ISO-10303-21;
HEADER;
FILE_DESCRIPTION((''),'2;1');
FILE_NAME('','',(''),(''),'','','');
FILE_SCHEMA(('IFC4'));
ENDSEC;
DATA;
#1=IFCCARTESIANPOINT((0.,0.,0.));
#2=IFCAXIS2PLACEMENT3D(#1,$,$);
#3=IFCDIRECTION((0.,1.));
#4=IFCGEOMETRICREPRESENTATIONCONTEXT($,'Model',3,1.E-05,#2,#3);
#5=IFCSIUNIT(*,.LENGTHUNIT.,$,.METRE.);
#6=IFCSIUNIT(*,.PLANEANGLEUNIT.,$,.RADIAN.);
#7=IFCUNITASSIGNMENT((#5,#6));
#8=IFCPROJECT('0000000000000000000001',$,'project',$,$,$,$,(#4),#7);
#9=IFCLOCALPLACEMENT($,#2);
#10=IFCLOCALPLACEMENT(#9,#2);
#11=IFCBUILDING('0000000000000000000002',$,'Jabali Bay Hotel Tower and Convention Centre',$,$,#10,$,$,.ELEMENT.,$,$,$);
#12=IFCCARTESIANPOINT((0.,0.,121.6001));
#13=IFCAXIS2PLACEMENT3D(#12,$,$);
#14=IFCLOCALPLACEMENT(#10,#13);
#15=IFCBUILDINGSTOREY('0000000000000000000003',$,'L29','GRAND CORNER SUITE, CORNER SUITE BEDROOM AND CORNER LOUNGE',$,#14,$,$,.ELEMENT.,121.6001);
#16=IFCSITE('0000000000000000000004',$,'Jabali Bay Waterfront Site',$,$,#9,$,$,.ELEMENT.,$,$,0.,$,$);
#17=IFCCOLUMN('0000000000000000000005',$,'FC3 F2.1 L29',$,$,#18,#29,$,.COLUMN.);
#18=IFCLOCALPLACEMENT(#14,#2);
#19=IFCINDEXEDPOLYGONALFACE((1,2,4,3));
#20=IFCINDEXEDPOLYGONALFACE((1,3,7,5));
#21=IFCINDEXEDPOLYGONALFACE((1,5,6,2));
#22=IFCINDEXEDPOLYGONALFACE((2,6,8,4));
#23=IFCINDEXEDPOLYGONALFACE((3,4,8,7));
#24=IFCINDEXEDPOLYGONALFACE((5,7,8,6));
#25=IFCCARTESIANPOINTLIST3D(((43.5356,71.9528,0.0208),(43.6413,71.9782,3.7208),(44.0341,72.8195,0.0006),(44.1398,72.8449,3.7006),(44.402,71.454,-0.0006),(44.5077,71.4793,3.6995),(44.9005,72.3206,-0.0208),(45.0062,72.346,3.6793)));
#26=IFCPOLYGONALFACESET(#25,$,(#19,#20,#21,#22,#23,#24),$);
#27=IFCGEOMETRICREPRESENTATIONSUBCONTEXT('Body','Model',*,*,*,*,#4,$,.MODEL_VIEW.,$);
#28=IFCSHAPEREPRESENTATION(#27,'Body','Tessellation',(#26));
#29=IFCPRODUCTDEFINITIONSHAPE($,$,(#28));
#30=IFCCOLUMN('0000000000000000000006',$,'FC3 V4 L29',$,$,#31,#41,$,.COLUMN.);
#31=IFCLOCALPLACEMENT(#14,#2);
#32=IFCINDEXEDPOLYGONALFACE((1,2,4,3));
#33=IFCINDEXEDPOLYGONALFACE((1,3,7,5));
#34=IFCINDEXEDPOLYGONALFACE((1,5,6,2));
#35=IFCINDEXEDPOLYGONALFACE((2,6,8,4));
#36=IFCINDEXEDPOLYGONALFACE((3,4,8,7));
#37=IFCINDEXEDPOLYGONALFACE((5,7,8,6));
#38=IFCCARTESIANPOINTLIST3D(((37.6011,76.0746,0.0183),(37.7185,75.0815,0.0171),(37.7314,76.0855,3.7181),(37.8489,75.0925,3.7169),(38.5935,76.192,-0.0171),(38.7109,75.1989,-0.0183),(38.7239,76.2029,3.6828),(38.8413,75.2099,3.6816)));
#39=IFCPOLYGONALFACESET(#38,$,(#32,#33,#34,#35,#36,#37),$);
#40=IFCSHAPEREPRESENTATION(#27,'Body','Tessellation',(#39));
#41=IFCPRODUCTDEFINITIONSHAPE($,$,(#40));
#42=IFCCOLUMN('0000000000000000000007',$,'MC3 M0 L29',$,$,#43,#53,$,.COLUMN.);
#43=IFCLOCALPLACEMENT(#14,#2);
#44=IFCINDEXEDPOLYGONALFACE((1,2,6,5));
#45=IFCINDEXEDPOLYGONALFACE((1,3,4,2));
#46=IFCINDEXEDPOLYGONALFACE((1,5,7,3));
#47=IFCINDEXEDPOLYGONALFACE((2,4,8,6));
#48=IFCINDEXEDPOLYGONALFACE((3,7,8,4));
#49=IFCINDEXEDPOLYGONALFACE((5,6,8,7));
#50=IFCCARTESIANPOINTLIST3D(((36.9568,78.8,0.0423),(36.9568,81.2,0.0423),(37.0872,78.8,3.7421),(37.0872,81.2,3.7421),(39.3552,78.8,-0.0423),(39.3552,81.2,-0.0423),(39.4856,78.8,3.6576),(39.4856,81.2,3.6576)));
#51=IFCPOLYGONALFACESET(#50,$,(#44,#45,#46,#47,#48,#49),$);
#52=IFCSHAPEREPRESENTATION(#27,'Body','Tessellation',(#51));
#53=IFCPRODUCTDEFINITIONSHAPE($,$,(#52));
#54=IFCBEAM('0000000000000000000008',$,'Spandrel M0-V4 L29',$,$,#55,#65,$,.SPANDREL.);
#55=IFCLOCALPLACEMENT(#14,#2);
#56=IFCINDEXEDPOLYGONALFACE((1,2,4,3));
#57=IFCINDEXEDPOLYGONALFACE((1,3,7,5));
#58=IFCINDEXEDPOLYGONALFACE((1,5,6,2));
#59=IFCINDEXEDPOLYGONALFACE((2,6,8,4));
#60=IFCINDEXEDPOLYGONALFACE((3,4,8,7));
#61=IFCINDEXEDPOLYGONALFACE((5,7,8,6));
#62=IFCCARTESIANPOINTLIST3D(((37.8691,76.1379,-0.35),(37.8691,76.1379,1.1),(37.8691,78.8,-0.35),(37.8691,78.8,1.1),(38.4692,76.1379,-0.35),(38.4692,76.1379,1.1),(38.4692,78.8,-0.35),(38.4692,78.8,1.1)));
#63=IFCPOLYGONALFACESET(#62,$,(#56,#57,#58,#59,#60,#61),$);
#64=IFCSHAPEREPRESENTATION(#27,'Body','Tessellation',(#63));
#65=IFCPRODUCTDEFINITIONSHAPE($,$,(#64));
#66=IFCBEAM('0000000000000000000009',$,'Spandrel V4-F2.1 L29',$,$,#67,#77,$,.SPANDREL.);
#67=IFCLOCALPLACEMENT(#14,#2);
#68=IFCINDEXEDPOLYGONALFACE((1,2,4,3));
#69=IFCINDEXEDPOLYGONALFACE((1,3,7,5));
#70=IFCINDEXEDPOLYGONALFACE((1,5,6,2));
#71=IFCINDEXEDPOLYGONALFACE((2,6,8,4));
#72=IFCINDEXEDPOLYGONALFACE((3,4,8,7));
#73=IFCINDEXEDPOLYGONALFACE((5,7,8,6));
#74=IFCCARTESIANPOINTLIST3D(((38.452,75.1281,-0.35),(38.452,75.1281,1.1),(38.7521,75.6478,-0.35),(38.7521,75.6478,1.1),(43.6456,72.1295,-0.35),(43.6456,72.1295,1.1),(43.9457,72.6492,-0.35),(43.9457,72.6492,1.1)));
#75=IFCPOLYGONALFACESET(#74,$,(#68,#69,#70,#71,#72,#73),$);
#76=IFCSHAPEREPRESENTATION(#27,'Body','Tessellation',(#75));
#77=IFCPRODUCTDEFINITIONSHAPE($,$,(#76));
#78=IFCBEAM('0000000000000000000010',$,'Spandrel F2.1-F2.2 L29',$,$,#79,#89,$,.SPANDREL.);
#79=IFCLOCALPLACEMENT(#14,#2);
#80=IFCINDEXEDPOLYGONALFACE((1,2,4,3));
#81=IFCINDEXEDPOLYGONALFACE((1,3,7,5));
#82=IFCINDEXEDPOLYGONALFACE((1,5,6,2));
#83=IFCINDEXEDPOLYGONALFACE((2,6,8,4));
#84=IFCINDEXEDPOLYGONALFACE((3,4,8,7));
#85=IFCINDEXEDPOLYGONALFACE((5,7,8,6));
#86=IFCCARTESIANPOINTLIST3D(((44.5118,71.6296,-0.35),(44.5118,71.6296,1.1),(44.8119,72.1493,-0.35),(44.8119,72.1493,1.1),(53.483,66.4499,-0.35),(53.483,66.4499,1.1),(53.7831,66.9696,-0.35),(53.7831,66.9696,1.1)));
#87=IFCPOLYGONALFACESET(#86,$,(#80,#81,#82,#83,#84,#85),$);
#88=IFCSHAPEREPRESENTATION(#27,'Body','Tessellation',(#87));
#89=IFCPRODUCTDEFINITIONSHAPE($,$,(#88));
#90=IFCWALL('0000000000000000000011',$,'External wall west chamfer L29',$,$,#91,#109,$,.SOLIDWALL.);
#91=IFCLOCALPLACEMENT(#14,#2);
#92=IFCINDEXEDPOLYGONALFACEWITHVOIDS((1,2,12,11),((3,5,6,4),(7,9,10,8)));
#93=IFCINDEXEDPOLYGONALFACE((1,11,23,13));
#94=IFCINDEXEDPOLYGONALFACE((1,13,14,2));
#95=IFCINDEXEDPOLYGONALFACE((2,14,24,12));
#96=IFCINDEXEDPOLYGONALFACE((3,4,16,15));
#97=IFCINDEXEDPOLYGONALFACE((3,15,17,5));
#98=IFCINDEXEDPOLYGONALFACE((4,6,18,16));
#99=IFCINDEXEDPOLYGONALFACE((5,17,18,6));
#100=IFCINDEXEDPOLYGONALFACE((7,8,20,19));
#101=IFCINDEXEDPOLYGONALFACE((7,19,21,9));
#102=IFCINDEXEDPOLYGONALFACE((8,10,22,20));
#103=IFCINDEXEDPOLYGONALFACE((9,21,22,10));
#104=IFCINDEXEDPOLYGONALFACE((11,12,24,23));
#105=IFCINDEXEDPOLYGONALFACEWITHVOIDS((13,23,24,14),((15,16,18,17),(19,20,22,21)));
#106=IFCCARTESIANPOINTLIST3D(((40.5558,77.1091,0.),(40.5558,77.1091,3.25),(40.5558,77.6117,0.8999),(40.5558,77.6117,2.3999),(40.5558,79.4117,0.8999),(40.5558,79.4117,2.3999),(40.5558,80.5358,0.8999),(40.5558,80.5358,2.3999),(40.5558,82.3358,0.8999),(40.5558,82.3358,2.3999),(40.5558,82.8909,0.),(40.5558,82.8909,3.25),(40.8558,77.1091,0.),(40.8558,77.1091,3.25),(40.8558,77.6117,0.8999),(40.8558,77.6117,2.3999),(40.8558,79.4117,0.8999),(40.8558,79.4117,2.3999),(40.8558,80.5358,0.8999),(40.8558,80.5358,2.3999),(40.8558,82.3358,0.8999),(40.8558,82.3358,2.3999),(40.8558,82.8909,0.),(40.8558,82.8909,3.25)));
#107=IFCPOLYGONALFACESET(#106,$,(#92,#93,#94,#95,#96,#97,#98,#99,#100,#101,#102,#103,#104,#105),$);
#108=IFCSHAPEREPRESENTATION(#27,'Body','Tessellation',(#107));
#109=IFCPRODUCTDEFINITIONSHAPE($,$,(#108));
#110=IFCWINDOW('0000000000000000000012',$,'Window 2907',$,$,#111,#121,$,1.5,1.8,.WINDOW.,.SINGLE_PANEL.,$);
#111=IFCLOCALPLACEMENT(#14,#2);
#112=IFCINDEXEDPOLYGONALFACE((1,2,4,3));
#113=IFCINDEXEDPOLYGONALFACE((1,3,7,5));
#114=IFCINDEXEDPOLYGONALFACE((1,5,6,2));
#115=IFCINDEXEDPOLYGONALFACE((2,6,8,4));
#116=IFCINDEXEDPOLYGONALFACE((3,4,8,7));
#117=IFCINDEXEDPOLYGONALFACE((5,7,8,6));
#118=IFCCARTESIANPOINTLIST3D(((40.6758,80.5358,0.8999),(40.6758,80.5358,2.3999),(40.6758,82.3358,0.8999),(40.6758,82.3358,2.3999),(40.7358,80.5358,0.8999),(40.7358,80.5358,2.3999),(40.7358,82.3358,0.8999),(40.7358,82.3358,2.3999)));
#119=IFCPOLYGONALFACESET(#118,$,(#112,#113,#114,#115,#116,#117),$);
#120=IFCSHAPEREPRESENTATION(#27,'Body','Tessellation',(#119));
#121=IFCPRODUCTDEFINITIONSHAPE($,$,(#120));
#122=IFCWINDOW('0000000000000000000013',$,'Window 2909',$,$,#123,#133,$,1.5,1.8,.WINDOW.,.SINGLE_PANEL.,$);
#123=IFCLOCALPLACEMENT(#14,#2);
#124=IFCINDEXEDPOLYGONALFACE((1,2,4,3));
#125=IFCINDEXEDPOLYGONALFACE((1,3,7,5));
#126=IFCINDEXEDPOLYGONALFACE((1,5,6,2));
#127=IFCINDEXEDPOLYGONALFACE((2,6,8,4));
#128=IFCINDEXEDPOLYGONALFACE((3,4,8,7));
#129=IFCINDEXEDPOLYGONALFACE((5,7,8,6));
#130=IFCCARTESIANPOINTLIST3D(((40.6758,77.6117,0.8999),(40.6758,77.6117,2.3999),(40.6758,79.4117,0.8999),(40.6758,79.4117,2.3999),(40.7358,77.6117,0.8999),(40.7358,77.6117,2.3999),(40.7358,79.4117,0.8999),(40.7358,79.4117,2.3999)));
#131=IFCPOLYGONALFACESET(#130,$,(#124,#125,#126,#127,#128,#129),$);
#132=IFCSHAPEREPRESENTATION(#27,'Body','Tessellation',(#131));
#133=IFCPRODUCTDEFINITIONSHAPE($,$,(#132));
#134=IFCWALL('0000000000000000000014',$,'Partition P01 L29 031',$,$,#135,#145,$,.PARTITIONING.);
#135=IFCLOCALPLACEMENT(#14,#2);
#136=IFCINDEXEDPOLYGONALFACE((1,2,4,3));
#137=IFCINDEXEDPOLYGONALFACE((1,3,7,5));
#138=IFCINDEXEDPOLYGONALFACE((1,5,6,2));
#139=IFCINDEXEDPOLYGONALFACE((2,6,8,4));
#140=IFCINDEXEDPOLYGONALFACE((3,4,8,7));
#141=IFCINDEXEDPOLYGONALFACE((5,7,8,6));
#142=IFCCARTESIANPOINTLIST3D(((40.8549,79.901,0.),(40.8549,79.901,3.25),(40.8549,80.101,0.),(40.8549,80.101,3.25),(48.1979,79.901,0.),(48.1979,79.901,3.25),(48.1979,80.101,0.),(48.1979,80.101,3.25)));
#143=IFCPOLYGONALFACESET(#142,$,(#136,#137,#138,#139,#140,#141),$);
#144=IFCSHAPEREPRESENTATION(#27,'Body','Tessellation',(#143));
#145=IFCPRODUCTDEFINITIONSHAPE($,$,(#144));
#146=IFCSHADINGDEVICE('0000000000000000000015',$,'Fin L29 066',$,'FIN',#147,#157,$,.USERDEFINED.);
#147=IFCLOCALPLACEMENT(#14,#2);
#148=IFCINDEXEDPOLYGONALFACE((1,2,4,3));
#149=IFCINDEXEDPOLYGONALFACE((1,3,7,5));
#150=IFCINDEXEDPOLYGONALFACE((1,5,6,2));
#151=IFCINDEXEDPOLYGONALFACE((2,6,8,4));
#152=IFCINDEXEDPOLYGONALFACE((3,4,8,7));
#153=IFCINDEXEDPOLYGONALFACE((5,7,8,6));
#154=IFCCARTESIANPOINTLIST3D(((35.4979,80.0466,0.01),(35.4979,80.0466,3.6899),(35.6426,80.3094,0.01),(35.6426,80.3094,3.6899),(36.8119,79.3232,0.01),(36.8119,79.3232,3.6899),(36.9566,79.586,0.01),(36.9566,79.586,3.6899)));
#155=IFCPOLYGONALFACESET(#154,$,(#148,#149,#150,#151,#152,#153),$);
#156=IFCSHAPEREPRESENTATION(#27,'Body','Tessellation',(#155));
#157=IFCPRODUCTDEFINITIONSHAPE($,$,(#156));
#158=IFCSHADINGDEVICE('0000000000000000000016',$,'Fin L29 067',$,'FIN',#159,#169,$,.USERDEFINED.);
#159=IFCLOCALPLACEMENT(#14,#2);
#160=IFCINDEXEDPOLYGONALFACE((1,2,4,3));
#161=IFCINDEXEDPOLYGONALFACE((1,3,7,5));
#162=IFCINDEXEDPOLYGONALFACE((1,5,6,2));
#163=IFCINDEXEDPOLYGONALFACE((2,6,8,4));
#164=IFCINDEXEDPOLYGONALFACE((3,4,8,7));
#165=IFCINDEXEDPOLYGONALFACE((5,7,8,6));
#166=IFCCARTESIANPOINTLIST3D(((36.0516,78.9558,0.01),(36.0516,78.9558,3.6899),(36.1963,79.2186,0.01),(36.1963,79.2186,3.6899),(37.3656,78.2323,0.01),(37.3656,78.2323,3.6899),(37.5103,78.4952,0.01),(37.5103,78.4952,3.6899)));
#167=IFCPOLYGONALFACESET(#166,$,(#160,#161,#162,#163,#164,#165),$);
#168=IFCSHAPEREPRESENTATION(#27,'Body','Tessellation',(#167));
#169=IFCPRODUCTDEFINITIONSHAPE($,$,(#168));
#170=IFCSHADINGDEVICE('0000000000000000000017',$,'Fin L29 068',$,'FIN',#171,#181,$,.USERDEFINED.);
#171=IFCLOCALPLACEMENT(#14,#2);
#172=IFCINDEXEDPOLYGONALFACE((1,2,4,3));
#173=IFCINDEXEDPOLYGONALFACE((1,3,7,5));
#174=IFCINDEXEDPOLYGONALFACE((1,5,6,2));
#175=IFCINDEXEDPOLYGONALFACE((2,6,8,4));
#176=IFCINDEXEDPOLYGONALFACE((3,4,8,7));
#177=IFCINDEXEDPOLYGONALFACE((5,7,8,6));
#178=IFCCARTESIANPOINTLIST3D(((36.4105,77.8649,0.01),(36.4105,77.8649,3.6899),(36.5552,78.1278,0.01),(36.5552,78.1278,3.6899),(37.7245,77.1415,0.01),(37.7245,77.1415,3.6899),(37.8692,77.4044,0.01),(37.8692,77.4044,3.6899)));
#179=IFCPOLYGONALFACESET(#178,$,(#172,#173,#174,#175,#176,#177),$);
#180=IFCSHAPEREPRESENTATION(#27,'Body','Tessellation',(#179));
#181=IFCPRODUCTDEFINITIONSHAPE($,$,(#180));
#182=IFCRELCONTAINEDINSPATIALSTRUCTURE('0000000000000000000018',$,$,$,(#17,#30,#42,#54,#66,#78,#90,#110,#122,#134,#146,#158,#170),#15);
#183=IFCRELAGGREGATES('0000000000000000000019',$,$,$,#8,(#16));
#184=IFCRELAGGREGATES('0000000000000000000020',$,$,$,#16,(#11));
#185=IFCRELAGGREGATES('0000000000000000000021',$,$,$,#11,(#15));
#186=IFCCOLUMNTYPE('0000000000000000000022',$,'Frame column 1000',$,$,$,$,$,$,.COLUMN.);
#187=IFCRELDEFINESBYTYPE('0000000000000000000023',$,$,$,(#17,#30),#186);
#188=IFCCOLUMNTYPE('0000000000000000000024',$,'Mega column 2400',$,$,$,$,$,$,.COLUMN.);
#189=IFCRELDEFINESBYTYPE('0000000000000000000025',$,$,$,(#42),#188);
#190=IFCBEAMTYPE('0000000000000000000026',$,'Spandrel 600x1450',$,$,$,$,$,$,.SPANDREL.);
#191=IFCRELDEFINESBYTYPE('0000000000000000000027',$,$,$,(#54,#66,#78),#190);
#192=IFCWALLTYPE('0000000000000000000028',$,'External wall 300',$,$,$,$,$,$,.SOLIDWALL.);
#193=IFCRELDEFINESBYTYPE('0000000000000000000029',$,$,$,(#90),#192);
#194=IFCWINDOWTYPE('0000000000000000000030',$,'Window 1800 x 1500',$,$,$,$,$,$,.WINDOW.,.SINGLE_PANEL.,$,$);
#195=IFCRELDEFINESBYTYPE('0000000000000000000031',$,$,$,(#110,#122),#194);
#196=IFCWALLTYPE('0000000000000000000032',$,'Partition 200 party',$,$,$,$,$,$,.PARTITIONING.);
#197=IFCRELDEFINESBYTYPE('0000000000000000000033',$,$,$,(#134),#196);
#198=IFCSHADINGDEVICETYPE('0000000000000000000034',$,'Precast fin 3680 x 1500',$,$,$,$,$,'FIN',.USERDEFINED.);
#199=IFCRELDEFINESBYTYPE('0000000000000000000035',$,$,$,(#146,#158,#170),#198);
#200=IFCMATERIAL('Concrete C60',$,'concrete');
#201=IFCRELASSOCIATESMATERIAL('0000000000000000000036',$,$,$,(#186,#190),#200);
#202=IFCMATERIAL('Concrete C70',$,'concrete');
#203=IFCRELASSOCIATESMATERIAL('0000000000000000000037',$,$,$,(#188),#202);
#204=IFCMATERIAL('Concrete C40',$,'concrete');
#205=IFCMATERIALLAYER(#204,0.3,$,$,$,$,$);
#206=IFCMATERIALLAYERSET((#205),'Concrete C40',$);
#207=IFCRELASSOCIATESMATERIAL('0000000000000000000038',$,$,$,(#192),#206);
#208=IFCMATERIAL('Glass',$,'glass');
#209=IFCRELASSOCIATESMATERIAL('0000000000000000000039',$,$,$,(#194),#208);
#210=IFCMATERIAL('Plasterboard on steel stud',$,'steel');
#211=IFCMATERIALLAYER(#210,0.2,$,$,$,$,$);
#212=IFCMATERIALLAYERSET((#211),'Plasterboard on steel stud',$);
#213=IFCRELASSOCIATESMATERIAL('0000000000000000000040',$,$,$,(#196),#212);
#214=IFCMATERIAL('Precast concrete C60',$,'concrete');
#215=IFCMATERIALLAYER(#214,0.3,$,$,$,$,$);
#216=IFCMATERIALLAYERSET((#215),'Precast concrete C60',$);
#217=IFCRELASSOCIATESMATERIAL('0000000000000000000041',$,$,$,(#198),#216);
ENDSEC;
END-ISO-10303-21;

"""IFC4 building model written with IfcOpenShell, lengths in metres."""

from ifc_helpers import new_model, si_unit, direction, frame, frame_2d, origin, origin_2d, place, context, subcontext, project, spatial, rectangle, extrude, material, layer, layer_set, material_profile, profile_set, type_object, element, fill, save


model = new_model("IFC4")

# Units and contexts
model_context = context("Model", 3, precision=1e-05, world=origin(), true_north=direction((0.0, 1.0)))
body_context = subcontext(model_context, "Body", "Model", "MODEL_VIEW")
ifc_project = project(units=[si_unit("LENGTHUNIT", "METRE"), si_unit("PLANEANGLEUNIT", "RADIAN")], contexts=[model_context])

# Site, building, storey
site_placement = place(None, origin())
site = spatial("IfcSite", under=ifc_project, at=site_placement, Name="Jabali Bay Waterfront Site", CompositionType="ELEMENT", RefElevation=0.0)
building_placement = place(site_placement, origin())
building = spatial("IfcBuilding", under=site, at=building_placement, Name="Jabali Bay Hotel Tower and Convention Centre", CompositionType="ELEMENT")
storey_placement = place(building_placement, frame((0.0, 0.0, 121.6001)))
storey = spatial("IfcBuildingStorey", under=building, at=storey_placement, Name="L29", Description="GRAND CORNER SUITE, CORNER SUITE BEDROOM AND CORNER LOUNGE", CompositionType="ELEMENT", Elevation=121.6001)

# Columns
ifc_material_1 = material(Name="Concrete C60", Category="concrete")
ifc_material_profile_1 = material_profile(ifc_material_1, rectangle(XDim=1.0, YDim=1.0, at=origin_2d()), Name="Frame column 1000")
ifc_profile_set_1 = profile_set([ifc_material_profile_1], Name="Concrete C60")
column_type_1 = type_object("IfcColumnType", Name="Frame column 1000", PredefinedType="COLUMN", material=ifc_profile_set_1)
column_1_placement = place(storey_placement, frame((44.218, 72.1367, 0.0), z_axis=(0.028559, 0.006859, 0.999569), x_axis=(-0.86641, 0.498877, 0.021331)))
element("IfcColumn", 1, at=column_1_placement, inside=storey, type_object=column_type_1, Name="FC3 F2.1 L29", PredefinedType="COLUMN", context=body_context, shape_type="SweptSolid", body=[
    extrude(rectangle(XDim=1.0, YDim=1.0, at=origin_2d()), origin(), (0.0, 0.0, 1.0), 3.7017),
])
column_2_placement = place(storey_placement, frame((38.156, 75.6367, 0.0), z_axis=(0.035214, 0.002967, 0.999375), x_axis=(-0.117426, 0.993081, 0.001189)))
element("IfcColumn", 2, at=column_2_placement, inside=storey, type_object=column_type_1, Name="FC3 V4 L29", PredefinedType="COLUMN", context=body_context, shape_type="SweptSolid", body=[
    extrude(rectangle(XDim=1.0, YDim=1.0, at=origin_2d()), origin(), (0.0, 0.0, 1.0), 3.7021),
])
ifc_material_2 = material(Name="Concrete C70", Category="concrete")
ifc_material_profile_2 = material_profile(ifc_material_2, rectangle(XDim=2.3999, YDim=2.3999, at=origin_2d()), Name="Mega column 2400")
ifc_profile_set_2 = profile_set([ifc_material_profile_2], Name="Concrete C70")
column_type_2 = type_object("IfcColumnType", Name="Mega column 2400", PredefinedType="COLUMN", material=ifc_profile_set_2)
column_3_placement = place(storey_placement, frame((38.156, 80.0, 0.0), z_axis=(0.035214, 0.0, 0.99938), x_axis=(0.0, 1.0, 0.0)))
element("IfcColumn", 3, at=column_3_placement, inside=storey, type_object=column_type_2, Name="MC3 M0 L29", PredefinedType="COLUMN", context=body_context, shape_type="SweptSolid", body=[
    extrude(rectangle(XDim=2.3999, YDim=2.3999, at=origin_2d()), origin(), (0.0, 0.0, 1.0), 3.7021),
])

# Beams
ifc_material_profile_3 = material_profile(ifc_material_1, rectangle(XDim=0.6001, YDim=1.45, at=origin_2d()), Name="Spandrel 600x1450")
ifc_profile_set_3 = profile_set([ifc_material_profile_3], Name="Concrete C60")
beam_type = type_object("IfcBeamType", Name="Spandrel 600x1450", PredefinedType="SPANDREL", material=ifc_profile_set_3)
beam_1_placement = place(storey_placement, frame((38.1692, 78.8, 0.375), z_axis=(0.0, -1.0, 0.0), x_axis=(1.0, 0.0, 0.0)))
element("IfcBeam", 4, at=beam_1_placement, inside=storey, type_object=beam_type, Name="Spandrel M0-V4 L29", PredefinedType="SPANDREL", context=body_context, shape_type="SweptSolid", body=[
    extrude(rectangle(XDim=0.6001, YDim=1.45, at=origin_2d()), origin(), (0.0, 0.0, 1.0), 2.6621),
])
beam_2_placement = place(storey_placement, frame((38.6021, 75.3879, 0.375), z_axis=(0.866025, -0.500001, 0.0), x_axis=(0.500001, 0.866025, 0.0)))
element("IfcBeam", 5, at=beam_2_placement, inside=storey, type_object=beam_type, Name="Spandrel V4-F2.1 L29", PredefinedType="SPANDREL", context=body_context, shape_type="SweptSolid", body=[
    extrude(rectangle(XDim=0.6001, YDim=1.45, at=origin_2d()), origin(), (0.0, 0.0, 1.0), 5.9971),
])
beam_3_placement = place(storey_placement, frame((44.6619, 71.8894, 0.375), z_axis=(0.866018, -0.500012, 0.0), x_axis=(0.500012, 0.866018, 0.0)))
element("IfcBeam", 6, at=beam_3_placement, inside=storey, type_object=beam_type, Name="Spandrel F2.1-F2.2 L29", PredefinedType="SPANDREL", context=body_context, shape_type="SweptSolid", body=[
    extrude(rectangle(XDim=0.6001, YDim=1.45, at=origin_2d()), origin(), (0.0, 0.0, 1.0), 10.3591),
])

# Wall, openings, windows
ifc_material_3 = material(Name="Concrete C40", Category="concrete")
ifc_layer_1 = layer(ifc_material_3, 0.3)
ifc_layer_set_1 = layer_set([ifc_layer_1], Name="Concrete C40")
wall_type_1 = type_object("IfcWallType", Name="External wall 300", PredefinedType="SOLIDWALL", material=ifc_layer_set_1)
wall_1_placement = place(storey_placement, frame((40.7058, 77.1091, 0.0), z_axis=(0.0, 0.0, 1.0), x_axis=(0.0, 1.0, 0.0)))
wall_1 = element("IfcWall", 7, at=wall_1_placement, inside=storey, type_object=wall_type_1, Name="External wall west chamfer L29", PredefinedType="SOLIDWALL", context=body_context, shape_type="SweptSolid", body=[
    extrude(rectangle(XDim=5.7817, YDim=0.3, at=frame_2d((2.8909, 0.0))), origin(), (0.0, 0.0, 1.0), 3.25),
])
opening_1_placement = place(wall_1_placement, frame((3.4268, 0.0, 0.8999)))
opening_1 = element("IfcOpeningElement", 8, at=opening_1_placement, cuts=wall_1, PredefinedType="OPENING", context=body_context, shape_type="SweptSolid", body=[
    extrude(rectangle(XDim=1.8, YDim=1.5, at=frame_2d((0.8999, 0.75))), frame((0.0, 0.1606, 0.0), z_axis=(0.0, -1.0, 0.0), x_axis=(1.0, 0.0, 0.0)), (0.0, 0.0, 1.0), 0.321),
])
opening_2_placement = place(wall_1_placement, frame((0.5027, 0.0, 0.8999)))
opening_2 = element("IfcOpeningElement", 9, at=opening_2_placement, cuts=wall_1, PredefinedType="OPENING", context=body_context, shape_type="SweptSolid", body=[
    extrude(rectangle(XDim=1.8, YDim=1.5, at=frame_2d((0.8999, 0.75))), frame((0.0, 0.1606, 0.0), z_axis=(0.0, -1.0, 0.0), x_axis=(1.0, 0.0, 0.0)), (0.0, 0.0, 1.0), 0.321),
])
ifc_material_4 = material(Name="Glass", Category="glass")
window_type = type_object("IfcWindowType", Name="Window 1800 x 1500", PartitioningType="SINGLE_PANEL", PredefinedType="WINDOW", material=ifc_material_4)
window_1_placement = place(opening_1_placement, origin())
window_1 = element("IfcWindow", 10, at=window_1_placement, inside=storey, type_object=window_type, Name="Window 2907", OverallHeight=1.5, OverallWidth=1.8, PartitioningType="SINGLE_PANEL", PredefinedType="WINDOW", context=body_context, shape_type="SweptSolid", body=[
    extrude(rectangle(XDim=1.8, YDim=1.5, at=frame_2d((0.8999, 0.75))), frame((0.0, 0.03, 0.0), z_axis=(0.0, -1.0, 0.0), x_axis=(1.0, 0.0, 0.0)), (0.0, 0.0, 1.0), 0.0601),
])
fill(opening_1, window_1)
window_2_placement = place(opening_2_placement, origin())
window_2 = element("IfcWindow", 11, at=window_2_placement, inside=storey, type_object=window_type, Name="Window 2909", OverallHeight=1.5, OverallWidth=1.8, PartitioningType="SINGLE_PANEL", PredefinedType="WINDOW", context=body_context, shape_type="SweptSolid", body=[
    extrude(rectangle(XDim=1.8, YDim=1.5, at=frame_2d((0.8999, 0.75))), frame((0.0, 0.03, 0.0), z_axis=(0.0, -1.0, 0.0), x_axis=(1.0, 0.0, 0.0)), (0.0, 0.0, 1.0), 0.0601),
])
fill(opening_2, window_2)

# Wall
ifc_material_5 = material(Name="Plasterboard on steel stud", Category="steel")
ifc_layer_2 = layer(ifc_material_5, 0.2)
ifc_layer_set_2 = layer_set([ifc_layer_2], Name="Plasterboard on steel stud")
wall_type_2 = type_object("IfcWallType", Name="Partition 200 party", PredefinedType="PARTITIONING", material=ifc_layer_set_2)
wall_2_placement = place(storey_placement, frame((40.855, 80.001, 0.0), z_axis=(0.0, 0.0, 1.0), x_axis=(1.0, 0.0, 0.0)))
element("IfcWall", 12, at=wall_2_placement, inside=storey, type_object=wall_type_2, Name="Partition P01 L29 031", PredefinedType="PARTITIONING", context=body_context, shape_type="SweptSolid", body=[
    extrude(rectangle(XDim=7.343, YDim=0.2, at=frame_2d((3.6714, 0.0))), origin(), (0.0, 0.0, 1.0), 3.25),
])

# Shading devices
ifc_material_6 = material(Name="Precast concrete C60", Category="concrete")
ifc_layer_3 = layer(ifc_material_6, 0.3)
ifc_layer_set_3 = layer_set([ifc_layer_3], Name="Precast concrete C60")
shading_device_type = type_object("IfcShadingDeviceType", Name="Precast fin 3680 x 1500", ElementType="FIN", PredefinedType="USERDEFINED", material=ifc_layer_set_3)
for number, where, z_axis, x_axis, name in (
    (13, (36.8843, 79.4546, 0.01), (0.0, 0.0, 1.0), (-0.876017, 0.482281, 0.0), "Fin L29 066"),
    (14, (37.438, 78.3638, 0.01), (0.0, 0.0, 1.0), (-0.876017, 0.482281, 0.0), "Fin L29 067"),
    (15, (37.7969, 77.2729, 0.01), (0.0, 0.0, 1.0), (-0.876017, 0.482281, 0.0), "Fin L29 068"),
):
    element("IfcShadingDevice", number, at=place(storey_placement, frame(where, z_axis=z_axis, x_axis=x_axis)), inside=storey, type_object=shading_device_type, Name=name, ObjectType="FIN", PredefinedType="USERDEFINED", context=body_context, shape_type="SweptSolid", body=[
        extrude(rectangle(XDim=1.5, YDim=0.3, at=frame_2d((0.75, 0.0))), origin(), (0.0, 0.0, 1.0), 3.6799),
    ])

save(model, "model.ifc")
